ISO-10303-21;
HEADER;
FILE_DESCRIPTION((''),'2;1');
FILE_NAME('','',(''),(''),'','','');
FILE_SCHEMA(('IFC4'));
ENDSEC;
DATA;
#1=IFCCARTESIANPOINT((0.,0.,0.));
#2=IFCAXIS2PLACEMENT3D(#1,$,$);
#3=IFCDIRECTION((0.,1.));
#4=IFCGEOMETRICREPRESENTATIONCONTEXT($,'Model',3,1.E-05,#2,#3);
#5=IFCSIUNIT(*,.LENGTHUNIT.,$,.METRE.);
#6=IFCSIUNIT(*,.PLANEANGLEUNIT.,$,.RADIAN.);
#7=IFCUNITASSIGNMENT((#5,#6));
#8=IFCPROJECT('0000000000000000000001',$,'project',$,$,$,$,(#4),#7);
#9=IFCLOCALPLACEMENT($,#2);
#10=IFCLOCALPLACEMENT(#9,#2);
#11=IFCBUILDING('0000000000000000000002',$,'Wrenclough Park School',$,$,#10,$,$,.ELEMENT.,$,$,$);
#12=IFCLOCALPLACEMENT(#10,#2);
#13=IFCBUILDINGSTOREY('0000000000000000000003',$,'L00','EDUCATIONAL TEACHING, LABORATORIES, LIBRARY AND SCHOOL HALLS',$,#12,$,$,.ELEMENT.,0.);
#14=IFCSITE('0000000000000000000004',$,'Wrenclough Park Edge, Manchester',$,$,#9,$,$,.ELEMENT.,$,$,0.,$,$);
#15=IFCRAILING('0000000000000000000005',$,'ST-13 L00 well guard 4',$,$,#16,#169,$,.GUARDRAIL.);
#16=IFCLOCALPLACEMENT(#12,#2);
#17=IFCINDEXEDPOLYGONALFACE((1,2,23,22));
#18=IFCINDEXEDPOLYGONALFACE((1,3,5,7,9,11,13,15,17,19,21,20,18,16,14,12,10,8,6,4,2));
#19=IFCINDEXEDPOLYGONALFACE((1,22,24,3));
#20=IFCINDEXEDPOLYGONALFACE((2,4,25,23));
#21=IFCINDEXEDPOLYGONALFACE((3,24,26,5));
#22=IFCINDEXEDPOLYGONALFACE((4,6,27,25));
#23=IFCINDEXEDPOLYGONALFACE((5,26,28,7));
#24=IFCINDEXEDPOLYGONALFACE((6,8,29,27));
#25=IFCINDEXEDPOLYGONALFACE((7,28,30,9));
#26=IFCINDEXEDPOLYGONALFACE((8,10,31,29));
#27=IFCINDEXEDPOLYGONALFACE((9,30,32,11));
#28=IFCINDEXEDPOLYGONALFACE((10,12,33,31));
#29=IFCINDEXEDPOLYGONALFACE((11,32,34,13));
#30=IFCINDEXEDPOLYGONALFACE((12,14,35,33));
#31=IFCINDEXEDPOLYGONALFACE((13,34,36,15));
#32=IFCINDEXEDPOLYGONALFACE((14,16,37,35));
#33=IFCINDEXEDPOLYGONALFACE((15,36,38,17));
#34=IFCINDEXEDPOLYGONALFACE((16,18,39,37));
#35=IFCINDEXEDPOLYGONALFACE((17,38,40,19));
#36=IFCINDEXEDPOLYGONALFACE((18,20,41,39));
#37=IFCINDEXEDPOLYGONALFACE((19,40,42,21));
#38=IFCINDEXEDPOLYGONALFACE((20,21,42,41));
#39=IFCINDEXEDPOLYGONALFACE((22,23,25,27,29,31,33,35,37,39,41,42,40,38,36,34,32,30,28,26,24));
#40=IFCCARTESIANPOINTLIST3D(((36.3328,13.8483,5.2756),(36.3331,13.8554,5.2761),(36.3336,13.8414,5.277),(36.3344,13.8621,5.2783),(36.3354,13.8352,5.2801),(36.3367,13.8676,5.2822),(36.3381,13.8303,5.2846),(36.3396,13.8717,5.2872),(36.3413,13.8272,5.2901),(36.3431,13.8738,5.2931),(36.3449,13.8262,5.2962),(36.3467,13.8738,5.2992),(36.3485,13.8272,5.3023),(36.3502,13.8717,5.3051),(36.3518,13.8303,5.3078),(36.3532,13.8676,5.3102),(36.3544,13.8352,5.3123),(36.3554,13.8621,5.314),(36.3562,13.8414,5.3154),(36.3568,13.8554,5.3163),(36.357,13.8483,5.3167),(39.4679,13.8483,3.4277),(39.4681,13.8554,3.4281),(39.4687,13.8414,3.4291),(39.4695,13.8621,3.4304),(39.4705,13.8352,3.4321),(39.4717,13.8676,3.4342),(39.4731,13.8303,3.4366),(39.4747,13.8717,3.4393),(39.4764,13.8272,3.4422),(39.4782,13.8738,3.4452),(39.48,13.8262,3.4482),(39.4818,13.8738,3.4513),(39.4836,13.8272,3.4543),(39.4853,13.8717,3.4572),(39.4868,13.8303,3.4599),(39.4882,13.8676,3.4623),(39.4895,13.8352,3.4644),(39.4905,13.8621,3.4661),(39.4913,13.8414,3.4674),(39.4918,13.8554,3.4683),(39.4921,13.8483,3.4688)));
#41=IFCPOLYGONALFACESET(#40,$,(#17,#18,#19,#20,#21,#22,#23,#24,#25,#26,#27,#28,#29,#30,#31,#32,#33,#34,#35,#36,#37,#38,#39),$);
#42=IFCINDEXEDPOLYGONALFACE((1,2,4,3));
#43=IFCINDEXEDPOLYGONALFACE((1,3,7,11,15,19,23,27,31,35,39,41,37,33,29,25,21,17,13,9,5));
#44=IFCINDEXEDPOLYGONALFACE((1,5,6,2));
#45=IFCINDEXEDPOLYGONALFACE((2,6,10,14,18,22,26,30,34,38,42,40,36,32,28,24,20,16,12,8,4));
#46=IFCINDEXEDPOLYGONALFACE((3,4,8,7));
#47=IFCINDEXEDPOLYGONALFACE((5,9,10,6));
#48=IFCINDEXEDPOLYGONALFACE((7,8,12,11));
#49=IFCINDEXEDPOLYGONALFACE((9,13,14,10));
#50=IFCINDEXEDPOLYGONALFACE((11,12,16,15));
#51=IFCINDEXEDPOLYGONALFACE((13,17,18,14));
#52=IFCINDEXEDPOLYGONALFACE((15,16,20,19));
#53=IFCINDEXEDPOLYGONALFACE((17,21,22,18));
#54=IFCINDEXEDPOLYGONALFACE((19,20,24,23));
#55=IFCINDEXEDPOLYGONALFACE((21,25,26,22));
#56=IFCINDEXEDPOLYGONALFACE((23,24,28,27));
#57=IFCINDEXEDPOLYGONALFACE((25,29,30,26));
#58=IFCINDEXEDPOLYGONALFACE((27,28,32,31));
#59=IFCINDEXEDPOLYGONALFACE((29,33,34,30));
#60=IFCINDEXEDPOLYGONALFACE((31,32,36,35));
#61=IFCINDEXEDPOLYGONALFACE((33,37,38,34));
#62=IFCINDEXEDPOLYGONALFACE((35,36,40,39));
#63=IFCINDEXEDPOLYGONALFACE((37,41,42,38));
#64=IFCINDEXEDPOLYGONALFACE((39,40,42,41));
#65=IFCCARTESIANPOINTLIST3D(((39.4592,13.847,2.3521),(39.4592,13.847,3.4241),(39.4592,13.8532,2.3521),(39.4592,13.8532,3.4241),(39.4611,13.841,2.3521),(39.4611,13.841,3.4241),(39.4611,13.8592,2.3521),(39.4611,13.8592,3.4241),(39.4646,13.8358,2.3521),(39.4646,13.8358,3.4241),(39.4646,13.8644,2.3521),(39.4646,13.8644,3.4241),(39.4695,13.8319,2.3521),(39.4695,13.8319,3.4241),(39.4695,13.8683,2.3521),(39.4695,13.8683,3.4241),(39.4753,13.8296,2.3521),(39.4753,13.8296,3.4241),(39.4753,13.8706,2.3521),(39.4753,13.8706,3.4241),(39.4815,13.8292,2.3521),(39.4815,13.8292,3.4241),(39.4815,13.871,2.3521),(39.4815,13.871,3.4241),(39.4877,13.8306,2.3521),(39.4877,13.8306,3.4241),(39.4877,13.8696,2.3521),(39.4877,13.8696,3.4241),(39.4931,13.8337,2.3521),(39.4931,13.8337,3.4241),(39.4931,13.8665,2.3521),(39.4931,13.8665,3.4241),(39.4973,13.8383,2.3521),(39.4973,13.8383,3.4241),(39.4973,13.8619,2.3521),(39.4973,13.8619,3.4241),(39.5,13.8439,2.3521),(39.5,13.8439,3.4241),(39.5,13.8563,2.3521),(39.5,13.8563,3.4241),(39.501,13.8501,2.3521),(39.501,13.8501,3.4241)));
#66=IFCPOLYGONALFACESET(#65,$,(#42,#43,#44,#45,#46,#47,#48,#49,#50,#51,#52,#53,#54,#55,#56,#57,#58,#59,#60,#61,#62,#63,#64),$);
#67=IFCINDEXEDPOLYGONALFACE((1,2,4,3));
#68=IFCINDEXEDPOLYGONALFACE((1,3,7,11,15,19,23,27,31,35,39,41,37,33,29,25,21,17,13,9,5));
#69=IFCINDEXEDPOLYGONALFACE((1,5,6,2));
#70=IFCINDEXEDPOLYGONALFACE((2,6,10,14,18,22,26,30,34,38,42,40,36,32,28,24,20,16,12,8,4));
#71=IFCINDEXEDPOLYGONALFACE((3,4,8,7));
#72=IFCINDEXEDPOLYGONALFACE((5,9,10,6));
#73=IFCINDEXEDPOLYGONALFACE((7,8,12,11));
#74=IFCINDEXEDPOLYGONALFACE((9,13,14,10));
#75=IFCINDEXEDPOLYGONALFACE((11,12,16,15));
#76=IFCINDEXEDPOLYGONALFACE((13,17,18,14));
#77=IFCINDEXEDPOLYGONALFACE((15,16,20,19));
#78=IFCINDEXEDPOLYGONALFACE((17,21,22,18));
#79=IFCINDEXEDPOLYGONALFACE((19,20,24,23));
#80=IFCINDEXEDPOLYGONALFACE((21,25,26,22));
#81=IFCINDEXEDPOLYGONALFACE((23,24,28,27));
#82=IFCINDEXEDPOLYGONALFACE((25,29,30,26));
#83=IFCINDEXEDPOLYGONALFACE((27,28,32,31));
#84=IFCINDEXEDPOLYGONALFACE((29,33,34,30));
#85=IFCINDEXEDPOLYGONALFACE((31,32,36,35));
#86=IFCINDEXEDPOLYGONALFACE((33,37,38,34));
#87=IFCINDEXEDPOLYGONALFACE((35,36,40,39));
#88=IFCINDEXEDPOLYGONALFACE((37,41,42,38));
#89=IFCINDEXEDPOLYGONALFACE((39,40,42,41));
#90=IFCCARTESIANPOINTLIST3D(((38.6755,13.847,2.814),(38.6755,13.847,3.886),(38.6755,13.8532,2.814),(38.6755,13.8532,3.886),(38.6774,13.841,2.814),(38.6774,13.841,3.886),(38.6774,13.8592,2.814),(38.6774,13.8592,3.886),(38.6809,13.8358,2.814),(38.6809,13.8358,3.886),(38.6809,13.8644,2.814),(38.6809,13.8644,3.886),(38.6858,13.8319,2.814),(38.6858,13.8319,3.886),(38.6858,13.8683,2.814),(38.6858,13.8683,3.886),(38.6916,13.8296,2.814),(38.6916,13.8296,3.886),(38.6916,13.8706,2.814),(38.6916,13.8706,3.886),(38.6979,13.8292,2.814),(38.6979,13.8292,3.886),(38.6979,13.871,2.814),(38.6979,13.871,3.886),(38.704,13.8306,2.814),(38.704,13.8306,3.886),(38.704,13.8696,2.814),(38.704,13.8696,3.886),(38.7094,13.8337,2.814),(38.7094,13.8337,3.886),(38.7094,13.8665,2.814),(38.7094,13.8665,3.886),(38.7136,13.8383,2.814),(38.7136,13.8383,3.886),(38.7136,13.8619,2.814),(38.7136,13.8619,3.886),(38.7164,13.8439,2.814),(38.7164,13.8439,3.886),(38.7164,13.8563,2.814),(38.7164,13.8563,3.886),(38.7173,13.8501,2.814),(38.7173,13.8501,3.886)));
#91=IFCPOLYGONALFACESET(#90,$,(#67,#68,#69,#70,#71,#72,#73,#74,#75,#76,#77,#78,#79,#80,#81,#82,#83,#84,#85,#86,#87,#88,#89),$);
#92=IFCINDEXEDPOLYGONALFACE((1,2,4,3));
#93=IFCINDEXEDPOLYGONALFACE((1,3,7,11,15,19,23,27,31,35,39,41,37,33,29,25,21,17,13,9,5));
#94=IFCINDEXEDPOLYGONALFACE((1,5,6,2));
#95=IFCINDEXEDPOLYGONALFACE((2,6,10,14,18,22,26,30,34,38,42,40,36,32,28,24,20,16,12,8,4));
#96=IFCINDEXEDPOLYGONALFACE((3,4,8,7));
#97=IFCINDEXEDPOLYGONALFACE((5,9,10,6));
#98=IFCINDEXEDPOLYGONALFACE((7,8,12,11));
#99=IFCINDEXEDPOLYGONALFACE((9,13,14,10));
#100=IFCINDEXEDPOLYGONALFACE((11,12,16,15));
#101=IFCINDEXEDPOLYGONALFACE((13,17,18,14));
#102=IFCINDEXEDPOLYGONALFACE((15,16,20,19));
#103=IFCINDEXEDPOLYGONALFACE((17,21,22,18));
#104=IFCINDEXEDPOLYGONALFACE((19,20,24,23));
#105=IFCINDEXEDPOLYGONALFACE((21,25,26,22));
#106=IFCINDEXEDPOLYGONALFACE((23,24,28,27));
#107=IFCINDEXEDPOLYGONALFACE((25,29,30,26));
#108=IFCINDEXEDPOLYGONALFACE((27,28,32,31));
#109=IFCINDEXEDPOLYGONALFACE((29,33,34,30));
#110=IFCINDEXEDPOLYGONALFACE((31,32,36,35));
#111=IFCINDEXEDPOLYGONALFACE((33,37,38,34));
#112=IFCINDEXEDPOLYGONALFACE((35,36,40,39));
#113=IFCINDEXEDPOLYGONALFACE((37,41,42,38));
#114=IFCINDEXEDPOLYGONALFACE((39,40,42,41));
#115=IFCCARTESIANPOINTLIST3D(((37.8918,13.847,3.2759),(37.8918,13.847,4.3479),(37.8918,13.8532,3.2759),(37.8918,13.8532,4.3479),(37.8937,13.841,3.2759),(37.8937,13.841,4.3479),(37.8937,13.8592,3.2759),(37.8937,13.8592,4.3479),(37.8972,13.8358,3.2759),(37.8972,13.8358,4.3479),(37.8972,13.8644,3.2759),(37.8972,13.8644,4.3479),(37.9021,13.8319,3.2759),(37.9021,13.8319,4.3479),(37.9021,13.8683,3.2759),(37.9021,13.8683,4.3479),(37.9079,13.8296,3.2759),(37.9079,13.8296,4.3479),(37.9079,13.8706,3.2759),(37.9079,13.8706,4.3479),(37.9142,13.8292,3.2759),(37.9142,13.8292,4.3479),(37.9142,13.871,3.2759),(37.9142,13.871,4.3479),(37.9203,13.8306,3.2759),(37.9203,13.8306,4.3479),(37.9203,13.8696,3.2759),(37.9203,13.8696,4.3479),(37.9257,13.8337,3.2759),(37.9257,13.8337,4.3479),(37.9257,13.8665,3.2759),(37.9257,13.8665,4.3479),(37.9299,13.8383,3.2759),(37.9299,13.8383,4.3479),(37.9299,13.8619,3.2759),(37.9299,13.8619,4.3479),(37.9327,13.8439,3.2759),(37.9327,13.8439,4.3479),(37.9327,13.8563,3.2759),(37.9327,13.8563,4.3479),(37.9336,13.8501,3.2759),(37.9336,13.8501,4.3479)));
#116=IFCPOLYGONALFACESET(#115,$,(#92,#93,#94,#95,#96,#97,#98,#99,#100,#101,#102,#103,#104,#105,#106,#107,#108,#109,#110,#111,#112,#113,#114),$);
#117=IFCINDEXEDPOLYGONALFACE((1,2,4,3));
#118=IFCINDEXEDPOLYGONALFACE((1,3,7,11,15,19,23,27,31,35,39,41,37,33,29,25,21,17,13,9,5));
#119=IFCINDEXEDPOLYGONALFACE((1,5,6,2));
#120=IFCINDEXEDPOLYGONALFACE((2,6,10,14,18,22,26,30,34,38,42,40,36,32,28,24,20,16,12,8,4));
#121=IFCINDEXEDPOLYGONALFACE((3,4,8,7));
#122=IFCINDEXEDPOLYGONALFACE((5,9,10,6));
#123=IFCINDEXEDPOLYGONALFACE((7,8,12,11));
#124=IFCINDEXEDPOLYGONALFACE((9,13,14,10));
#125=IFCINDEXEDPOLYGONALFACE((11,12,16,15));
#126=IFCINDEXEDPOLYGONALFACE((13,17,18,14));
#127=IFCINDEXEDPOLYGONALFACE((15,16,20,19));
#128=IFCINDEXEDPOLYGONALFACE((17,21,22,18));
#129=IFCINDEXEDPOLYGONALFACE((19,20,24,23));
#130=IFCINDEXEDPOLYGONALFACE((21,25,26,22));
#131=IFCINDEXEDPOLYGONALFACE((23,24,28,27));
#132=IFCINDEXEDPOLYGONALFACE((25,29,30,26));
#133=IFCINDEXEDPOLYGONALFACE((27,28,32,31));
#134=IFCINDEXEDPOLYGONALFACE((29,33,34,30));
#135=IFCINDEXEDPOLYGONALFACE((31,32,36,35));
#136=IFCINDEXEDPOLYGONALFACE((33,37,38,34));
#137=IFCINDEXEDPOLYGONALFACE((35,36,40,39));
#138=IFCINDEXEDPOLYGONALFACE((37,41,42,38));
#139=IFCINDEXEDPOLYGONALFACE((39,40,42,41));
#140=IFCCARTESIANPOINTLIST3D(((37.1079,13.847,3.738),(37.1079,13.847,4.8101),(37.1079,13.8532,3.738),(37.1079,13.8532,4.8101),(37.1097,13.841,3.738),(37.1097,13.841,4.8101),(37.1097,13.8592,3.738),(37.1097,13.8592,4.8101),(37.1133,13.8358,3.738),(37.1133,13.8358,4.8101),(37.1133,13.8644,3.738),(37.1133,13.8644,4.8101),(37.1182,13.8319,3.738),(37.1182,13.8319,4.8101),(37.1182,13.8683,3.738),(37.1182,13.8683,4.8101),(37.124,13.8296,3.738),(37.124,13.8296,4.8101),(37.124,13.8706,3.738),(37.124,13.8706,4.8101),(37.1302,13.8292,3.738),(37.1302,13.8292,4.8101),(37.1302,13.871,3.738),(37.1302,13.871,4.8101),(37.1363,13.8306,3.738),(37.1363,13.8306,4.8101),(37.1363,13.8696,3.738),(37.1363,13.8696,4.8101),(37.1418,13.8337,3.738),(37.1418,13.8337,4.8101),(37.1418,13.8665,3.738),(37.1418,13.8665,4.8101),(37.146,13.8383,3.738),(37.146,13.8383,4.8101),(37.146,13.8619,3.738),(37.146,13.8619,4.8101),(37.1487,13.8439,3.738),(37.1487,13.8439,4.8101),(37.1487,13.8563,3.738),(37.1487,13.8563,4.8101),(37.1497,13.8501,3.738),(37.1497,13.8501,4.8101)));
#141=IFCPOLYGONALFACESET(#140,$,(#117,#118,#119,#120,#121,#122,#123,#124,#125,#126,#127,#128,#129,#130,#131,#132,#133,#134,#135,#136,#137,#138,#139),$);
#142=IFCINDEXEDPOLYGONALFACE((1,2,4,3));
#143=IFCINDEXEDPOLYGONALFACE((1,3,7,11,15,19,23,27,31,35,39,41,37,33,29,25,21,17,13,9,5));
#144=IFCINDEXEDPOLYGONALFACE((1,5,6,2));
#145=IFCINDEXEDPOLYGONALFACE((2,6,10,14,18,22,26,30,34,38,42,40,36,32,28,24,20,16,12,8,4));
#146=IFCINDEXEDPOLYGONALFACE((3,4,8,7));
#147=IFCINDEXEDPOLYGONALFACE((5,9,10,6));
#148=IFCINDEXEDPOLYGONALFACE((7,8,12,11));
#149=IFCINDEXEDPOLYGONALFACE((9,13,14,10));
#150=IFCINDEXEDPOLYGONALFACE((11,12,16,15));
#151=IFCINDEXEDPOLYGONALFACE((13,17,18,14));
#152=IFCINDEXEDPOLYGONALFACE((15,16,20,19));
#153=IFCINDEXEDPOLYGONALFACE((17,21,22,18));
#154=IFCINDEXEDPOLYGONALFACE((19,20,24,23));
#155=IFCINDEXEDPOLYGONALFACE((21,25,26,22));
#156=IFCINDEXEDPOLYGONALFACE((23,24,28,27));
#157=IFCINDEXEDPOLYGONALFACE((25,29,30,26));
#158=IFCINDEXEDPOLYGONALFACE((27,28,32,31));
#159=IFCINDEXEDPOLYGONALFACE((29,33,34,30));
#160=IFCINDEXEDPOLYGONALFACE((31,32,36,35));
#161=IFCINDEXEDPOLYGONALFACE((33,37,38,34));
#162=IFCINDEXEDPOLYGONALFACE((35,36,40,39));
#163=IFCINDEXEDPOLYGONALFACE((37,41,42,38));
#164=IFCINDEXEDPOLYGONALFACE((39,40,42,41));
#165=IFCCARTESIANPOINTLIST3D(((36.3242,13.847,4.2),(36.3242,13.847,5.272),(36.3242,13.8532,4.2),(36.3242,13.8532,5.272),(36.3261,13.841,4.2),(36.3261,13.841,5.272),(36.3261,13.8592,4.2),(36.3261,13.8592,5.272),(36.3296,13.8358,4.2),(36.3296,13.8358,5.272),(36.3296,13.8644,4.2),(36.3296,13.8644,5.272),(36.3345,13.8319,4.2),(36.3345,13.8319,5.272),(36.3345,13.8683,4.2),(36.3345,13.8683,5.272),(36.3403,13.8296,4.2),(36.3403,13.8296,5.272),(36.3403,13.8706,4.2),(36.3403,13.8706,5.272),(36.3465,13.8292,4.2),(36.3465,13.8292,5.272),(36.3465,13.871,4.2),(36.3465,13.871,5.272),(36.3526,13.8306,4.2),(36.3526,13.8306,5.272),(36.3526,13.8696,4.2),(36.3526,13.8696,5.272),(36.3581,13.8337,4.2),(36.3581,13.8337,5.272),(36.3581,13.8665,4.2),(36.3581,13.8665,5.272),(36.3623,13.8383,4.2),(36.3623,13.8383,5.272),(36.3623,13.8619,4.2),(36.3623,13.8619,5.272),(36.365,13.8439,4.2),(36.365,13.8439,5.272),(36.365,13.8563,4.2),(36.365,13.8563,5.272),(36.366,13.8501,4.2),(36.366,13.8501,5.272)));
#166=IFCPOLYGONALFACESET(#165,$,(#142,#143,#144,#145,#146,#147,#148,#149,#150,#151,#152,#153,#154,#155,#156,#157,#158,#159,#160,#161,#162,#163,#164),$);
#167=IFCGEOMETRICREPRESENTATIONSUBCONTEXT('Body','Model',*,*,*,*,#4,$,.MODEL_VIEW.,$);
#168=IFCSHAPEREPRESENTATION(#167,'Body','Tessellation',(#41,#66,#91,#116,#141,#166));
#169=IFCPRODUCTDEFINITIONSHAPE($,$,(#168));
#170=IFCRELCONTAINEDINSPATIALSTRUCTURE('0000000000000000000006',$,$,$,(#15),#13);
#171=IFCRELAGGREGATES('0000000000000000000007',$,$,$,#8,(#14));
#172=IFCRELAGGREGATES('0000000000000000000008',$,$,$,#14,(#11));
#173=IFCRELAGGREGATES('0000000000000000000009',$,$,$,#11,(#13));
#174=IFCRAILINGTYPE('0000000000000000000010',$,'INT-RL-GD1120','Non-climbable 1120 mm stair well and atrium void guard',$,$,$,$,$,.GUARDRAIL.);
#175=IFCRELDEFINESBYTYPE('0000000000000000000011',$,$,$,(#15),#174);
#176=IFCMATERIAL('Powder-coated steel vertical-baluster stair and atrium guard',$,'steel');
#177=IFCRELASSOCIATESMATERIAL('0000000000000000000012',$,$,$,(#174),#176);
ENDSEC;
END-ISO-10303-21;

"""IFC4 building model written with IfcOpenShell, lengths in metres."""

from ifc_helpers import new_model, si_unit, direction, frame, origin, origin_2d, place, context, subcontext, project, spatial, circle, extrude, material, type_object, element, save


model = new_model("IFC4")

# Units and contexts
model_context = context("Model", 3, precision=1e-05, world=origin(), true_north=direction((0.0, 1.0)))
body_context = subcontext(model_context, "Body", "Model", "MODEL_VIEW")
ifc_project = project(units=[si_unit("LENGTHUNIT", "METRE"), si_unit("PLANEANGLEUNIT", "RADIAN")], contexts=[model_context])

# Site, building, storey
site_placement = place(None, origin())
site = spatial("IfcSite", under=ifc_project, at=site_placement, Name="Wrenclough Park Edge, Manchester", CompositionType="ELEMENT", RefElevation=0.0)
building_placement = place(site_placement, origin())
building = spatial("IfcBuilding", under=site, at=building_placement, Name="Wrenclough Park School", CompositionType="ELEMENT")
storey_placement = place(building_placement, origin())
storey = spatial("IfcBuildingStorey", under=building, at=storey_placement, Name="L00", Description="EDUCATIONAL TEACHING, LABORATORIES, LIBRARY AND SCHOOL HALLS", CompositionType="ELEMENT", Elevation=0.0)

# Railing
ifc_material_1 = material(Name="Powder-coated steel vertical-baluster stair and atrium guard", Category="steel")
railing_type_1 = type_object("IfcRailingType", Name="INT-RL-GD1120", Description="Non-climbable 1120 mm stair well and atrium void guard", PredefinedType="GUARDRAIL", material=ifc_material_1)
railing_1_placement = place(storey_placement, frame((39.48, 13.8501, 2.3521)))
element("IfcRailing", 1, at=railing_1_placement, inside=storey, type_object=railing_type_1, Name="ST-13 L00 well guard 4", PredefinedType="GUARDRAIL", context=body_context, shape_type="SweptSolid", body=[
    extrude(circle(Radius=0.0239, at=origin_2d()), frame((0.0, 0.0, 1.0962), z_axis=(-0.86148, 0.0, 0.507791), x_axis=(0.0, -1.0, 0.0)), (0.0, 0.0, 1.0), 3.6392),
    extrude(circle(Radius=0.021, at=origin_2d()), origin(), (0.0, 0.0, 1.0), 1.072),
    extrude(circle(Radius=0.021, at=origin_2d()), frame((-0.7837, 0.0, 0.4619)), (0.0, 0.0, 1.0), 1.072),
    extrude(circle(Radius=0.021, at=origin_2d()), frame((-1.5674, 0.0, 0.9238)), (0.0, 0.0, 1.0), 1.072),
    extrude(circle(Radius=0.021, at=origin_2d()), frame((-2.3513, 0.0, 1.386)), (0.0, 0.0, 1.0), 1.072),
    extrude(circle(Radius=0.021, at=origin_2d()), frame((-3.135, 0.0, 1.8479)), (0.0, 0.0, 1.0), 1.072),
])

save(model, "model.ifc")
